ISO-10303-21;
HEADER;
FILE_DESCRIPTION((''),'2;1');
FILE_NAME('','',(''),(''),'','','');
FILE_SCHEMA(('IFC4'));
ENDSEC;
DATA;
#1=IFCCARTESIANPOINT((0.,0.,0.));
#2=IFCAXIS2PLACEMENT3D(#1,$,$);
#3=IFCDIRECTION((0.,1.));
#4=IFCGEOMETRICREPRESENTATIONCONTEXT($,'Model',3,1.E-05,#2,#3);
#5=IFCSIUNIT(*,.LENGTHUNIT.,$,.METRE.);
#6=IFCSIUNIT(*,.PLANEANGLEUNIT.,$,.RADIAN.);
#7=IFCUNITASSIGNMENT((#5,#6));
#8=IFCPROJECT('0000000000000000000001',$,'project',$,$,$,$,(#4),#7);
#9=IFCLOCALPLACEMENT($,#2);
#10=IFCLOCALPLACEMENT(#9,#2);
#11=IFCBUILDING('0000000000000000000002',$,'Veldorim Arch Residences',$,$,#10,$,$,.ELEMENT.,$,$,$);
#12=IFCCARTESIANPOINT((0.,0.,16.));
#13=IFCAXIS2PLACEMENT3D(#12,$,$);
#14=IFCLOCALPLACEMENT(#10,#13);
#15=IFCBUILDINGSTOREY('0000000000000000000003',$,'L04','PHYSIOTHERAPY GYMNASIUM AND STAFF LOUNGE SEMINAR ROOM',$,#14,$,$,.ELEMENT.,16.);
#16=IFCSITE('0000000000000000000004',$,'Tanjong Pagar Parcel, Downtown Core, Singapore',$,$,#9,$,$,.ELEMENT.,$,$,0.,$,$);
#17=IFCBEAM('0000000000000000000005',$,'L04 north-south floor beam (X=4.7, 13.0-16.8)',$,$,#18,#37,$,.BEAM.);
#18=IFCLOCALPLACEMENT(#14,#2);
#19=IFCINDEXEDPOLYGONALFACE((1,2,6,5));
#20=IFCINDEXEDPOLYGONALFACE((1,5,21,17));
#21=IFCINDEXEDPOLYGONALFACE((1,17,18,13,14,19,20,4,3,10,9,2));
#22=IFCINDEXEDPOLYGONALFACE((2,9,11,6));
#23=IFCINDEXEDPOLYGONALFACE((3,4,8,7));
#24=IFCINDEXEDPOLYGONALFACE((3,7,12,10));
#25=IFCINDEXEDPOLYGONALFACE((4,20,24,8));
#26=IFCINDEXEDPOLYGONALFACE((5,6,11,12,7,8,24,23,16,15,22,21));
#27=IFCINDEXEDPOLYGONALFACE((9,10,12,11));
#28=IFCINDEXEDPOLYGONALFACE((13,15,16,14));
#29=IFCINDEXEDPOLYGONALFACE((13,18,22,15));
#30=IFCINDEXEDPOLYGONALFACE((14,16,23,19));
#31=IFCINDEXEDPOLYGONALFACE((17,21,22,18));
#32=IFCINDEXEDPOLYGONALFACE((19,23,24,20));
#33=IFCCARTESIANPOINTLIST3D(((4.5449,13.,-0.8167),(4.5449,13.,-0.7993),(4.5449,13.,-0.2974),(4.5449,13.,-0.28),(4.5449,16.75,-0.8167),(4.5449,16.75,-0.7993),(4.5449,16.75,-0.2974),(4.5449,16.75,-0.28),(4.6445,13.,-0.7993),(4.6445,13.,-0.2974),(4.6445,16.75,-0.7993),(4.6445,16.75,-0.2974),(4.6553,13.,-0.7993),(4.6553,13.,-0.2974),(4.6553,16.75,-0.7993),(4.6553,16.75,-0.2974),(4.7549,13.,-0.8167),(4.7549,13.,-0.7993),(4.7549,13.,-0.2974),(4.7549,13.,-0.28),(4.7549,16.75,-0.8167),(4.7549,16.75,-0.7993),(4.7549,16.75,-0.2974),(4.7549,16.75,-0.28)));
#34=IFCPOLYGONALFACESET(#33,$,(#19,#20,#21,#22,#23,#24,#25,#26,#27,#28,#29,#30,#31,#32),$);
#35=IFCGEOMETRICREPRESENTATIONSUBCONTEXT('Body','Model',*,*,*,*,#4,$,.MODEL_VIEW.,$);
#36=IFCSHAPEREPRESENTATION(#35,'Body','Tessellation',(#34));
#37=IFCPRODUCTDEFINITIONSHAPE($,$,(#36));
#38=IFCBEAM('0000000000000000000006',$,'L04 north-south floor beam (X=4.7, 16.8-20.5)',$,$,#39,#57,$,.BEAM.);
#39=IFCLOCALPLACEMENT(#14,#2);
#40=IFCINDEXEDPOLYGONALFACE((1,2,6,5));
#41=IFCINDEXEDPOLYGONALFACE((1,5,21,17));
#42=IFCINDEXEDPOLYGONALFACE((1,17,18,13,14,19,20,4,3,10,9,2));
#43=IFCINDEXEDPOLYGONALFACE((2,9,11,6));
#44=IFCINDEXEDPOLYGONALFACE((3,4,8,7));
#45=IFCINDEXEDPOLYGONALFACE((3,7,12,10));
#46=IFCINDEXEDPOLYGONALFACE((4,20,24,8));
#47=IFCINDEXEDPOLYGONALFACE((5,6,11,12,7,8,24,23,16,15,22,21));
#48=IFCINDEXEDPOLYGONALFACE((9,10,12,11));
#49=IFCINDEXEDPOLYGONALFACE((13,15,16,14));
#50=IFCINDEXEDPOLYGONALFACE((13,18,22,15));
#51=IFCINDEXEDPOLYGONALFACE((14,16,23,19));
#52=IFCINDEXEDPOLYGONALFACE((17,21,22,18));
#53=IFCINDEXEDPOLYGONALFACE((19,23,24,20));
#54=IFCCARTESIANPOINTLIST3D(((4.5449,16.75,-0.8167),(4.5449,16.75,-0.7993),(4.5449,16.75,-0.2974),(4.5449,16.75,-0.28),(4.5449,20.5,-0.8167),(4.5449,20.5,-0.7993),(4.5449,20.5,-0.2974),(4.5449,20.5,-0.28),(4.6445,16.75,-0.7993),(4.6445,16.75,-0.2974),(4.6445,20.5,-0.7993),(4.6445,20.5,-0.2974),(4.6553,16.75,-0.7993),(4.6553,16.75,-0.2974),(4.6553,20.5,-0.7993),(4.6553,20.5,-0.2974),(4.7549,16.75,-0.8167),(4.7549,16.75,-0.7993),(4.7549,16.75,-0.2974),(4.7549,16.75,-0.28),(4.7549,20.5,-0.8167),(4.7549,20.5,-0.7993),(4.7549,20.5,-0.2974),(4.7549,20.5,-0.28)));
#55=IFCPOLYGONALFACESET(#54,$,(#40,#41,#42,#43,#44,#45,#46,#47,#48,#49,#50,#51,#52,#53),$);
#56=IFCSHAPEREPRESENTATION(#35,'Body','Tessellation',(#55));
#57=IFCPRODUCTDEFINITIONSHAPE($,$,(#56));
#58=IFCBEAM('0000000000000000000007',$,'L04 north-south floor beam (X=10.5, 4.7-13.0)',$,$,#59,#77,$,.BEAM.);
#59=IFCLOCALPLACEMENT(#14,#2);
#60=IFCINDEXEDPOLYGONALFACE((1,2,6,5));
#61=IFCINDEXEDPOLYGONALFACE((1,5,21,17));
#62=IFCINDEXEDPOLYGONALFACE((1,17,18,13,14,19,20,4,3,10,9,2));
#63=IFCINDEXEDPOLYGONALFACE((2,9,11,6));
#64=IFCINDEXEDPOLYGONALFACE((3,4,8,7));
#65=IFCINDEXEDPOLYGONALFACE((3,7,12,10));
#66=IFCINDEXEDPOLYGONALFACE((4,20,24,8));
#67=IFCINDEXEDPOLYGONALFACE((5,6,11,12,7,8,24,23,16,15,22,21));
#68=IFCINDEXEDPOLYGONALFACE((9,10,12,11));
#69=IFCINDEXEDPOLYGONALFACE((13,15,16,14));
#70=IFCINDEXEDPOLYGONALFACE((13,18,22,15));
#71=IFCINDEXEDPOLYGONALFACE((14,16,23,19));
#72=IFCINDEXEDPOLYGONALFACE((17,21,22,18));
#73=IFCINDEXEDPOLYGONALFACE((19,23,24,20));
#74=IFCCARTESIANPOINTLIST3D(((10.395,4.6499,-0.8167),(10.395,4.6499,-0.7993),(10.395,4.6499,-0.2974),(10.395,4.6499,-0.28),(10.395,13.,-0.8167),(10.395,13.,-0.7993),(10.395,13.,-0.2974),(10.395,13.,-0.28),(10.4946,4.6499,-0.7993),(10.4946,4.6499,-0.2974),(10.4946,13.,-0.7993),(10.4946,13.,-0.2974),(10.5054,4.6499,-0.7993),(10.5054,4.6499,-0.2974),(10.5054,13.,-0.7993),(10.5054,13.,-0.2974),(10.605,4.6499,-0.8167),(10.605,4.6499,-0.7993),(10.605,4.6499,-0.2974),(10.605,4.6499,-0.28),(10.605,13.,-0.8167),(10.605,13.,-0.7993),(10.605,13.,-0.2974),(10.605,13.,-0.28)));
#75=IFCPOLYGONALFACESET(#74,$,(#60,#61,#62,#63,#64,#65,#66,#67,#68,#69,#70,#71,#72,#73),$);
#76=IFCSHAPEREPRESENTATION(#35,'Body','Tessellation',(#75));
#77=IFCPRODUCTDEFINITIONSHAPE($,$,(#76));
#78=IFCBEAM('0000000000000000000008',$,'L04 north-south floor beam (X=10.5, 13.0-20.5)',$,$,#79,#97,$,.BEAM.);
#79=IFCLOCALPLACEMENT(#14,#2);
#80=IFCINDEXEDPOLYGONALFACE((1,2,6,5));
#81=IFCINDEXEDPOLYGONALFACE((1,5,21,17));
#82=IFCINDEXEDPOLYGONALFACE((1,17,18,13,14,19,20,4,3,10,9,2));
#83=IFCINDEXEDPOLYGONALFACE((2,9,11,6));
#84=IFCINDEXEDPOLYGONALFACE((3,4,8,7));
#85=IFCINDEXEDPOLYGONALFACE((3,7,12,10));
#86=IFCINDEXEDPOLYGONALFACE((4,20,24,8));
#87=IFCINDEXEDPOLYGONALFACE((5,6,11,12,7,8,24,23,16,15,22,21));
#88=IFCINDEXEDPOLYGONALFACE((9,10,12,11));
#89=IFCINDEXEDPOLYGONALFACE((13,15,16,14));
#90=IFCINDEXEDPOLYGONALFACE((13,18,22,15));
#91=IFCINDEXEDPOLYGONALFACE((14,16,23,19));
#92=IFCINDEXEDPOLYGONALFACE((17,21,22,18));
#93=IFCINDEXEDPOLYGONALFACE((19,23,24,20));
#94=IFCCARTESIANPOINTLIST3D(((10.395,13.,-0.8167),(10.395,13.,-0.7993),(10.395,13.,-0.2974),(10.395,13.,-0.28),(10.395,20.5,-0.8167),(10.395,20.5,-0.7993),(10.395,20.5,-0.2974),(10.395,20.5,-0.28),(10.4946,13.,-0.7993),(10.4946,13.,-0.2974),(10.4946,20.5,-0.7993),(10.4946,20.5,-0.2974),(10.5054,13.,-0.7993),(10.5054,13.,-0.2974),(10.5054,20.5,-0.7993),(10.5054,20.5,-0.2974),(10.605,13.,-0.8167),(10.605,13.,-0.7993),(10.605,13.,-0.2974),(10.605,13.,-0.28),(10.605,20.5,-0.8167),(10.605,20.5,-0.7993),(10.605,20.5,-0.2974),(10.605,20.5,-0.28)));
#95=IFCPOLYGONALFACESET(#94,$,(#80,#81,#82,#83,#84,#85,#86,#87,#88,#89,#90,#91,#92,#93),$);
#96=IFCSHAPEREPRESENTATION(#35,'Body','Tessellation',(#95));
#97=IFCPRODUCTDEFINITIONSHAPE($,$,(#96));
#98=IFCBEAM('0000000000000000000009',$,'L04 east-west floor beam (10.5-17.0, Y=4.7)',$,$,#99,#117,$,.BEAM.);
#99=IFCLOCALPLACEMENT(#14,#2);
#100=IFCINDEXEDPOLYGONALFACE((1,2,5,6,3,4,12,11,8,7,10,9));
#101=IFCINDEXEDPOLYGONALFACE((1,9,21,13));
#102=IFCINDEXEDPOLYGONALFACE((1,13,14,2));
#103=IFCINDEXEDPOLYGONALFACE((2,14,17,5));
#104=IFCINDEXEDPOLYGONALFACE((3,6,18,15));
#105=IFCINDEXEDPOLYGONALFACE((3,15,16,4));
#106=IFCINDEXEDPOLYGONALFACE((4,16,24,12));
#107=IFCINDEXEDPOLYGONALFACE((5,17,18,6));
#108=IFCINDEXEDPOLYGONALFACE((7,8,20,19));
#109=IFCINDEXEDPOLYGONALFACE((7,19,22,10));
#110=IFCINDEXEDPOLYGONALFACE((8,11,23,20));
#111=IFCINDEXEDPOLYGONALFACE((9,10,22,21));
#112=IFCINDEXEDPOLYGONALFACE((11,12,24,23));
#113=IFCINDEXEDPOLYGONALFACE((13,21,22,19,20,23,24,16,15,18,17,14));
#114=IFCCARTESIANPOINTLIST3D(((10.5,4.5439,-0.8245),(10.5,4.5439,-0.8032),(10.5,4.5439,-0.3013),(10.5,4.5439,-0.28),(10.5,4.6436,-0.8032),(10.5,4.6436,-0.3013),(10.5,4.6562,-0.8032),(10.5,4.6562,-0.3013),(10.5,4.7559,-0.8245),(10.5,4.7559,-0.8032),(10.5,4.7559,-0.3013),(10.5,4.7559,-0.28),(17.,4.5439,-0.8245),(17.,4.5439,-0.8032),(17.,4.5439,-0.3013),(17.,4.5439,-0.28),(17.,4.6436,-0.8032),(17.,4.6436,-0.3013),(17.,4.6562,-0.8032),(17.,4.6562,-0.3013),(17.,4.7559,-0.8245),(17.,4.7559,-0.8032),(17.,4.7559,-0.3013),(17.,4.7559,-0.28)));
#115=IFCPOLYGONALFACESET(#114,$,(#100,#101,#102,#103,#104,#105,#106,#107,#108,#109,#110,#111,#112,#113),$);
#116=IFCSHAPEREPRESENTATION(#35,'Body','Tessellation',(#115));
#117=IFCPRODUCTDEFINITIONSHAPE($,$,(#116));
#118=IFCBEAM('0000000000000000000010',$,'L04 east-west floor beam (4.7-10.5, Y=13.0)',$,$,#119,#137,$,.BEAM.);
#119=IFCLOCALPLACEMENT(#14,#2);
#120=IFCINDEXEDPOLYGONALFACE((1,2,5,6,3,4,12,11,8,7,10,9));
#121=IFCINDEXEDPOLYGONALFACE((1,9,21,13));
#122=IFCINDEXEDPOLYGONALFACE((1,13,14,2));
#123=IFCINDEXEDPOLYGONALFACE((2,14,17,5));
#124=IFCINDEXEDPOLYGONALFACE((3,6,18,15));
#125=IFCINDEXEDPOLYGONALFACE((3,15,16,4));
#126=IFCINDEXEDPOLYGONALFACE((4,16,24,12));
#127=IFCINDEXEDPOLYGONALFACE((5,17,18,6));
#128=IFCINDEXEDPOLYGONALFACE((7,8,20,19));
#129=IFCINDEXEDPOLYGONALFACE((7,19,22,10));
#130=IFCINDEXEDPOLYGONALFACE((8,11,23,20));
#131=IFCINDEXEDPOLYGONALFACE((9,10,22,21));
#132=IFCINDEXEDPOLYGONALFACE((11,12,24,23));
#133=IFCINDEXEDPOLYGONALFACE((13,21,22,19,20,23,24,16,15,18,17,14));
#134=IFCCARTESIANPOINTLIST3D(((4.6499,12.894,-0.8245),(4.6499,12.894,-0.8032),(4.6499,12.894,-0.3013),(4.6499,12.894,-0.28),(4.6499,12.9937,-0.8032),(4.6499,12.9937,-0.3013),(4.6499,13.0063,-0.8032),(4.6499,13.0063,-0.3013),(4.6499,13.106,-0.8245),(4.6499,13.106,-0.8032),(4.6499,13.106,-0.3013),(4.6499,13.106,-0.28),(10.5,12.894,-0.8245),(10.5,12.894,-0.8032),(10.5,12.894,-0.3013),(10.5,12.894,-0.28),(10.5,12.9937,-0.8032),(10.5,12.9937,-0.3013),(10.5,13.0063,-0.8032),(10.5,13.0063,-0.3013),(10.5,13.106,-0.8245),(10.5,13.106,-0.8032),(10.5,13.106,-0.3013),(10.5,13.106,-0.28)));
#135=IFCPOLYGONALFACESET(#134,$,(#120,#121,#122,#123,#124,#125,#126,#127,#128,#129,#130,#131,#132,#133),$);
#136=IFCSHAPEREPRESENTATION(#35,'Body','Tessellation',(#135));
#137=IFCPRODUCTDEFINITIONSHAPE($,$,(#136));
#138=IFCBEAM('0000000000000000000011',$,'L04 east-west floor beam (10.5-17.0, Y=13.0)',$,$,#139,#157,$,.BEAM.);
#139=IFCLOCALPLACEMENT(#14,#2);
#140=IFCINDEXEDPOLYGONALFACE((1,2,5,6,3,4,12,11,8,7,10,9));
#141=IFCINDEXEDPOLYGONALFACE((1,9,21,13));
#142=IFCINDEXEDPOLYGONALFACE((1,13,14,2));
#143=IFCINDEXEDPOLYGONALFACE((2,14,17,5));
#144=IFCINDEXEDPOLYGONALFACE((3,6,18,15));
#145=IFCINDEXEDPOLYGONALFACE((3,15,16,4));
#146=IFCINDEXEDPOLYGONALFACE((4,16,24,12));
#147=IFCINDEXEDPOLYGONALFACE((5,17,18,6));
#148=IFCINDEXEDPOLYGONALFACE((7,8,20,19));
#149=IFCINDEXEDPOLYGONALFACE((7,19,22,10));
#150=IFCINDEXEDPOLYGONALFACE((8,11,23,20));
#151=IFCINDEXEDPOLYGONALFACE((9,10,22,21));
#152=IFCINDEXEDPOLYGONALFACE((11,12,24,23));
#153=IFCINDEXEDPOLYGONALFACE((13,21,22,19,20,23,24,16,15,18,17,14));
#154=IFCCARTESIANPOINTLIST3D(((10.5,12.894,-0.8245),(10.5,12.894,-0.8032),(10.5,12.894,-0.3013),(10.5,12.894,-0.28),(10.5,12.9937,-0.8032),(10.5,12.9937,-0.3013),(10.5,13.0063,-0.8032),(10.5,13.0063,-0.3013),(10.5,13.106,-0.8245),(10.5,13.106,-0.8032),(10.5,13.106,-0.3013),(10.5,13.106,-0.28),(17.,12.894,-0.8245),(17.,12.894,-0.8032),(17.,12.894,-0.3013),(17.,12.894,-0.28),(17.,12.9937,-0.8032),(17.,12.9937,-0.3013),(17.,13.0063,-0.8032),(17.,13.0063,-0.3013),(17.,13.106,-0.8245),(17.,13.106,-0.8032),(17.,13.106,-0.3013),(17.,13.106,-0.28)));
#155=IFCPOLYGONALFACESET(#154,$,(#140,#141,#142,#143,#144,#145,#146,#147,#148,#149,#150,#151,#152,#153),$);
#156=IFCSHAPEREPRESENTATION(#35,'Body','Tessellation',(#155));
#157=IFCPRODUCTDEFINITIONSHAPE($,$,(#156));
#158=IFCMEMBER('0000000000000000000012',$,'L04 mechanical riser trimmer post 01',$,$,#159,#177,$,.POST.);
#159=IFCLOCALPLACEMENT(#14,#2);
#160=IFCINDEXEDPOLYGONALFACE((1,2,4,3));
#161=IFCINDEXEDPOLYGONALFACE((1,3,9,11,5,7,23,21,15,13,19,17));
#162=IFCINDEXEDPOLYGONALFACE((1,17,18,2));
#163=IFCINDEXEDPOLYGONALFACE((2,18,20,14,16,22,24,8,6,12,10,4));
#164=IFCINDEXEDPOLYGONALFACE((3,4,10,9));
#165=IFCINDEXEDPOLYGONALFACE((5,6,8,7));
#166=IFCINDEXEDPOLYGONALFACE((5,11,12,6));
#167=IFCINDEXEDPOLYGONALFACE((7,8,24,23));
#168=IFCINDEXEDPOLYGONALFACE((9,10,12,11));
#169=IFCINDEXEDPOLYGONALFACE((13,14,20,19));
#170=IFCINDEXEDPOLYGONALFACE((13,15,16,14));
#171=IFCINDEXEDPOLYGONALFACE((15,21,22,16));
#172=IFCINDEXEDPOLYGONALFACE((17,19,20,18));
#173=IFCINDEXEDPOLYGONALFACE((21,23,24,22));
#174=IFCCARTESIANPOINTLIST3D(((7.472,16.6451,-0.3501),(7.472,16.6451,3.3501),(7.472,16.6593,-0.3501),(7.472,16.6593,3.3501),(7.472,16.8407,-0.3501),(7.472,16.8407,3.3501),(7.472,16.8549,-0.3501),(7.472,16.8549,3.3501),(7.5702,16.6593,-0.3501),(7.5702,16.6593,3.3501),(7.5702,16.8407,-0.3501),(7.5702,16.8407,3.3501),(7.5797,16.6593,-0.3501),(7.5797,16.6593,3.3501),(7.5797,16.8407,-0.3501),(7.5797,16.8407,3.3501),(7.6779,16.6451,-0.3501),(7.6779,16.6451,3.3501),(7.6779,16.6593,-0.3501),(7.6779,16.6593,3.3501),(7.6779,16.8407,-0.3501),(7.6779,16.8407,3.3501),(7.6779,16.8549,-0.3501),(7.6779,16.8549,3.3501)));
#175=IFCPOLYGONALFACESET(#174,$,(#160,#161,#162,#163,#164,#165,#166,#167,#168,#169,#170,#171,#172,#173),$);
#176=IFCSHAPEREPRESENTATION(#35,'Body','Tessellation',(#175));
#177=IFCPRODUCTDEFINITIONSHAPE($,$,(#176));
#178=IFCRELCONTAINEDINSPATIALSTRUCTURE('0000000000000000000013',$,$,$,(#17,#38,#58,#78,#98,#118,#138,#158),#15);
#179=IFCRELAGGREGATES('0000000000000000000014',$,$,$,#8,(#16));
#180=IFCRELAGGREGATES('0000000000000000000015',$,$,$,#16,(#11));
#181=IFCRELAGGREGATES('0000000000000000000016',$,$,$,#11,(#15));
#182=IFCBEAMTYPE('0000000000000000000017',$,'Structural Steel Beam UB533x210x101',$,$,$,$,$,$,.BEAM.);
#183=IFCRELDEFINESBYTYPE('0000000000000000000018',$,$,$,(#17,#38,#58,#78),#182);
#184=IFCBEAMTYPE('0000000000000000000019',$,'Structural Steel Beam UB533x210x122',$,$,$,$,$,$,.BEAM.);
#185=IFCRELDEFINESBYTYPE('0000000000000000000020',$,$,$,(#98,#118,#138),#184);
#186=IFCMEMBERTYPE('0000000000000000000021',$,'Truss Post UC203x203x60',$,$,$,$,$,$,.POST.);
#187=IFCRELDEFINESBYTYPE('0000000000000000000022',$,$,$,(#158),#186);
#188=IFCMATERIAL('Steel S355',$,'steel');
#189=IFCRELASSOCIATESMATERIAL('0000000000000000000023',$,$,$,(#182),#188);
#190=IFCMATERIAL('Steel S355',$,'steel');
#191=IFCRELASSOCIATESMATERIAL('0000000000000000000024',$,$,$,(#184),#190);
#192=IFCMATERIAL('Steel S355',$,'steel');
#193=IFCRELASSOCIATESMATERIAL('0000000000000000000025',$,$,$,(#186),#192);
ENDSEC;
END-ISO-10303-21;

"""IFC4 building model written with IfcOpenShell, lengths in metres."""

from ifc_helpers import new_model, si_unit, direction, frame, origin, origin_2d, place, context, subcontext, project, spatial, i_section, extrude, material, material_profile, profile_set, type_object, element, save


model = new_model("IFC4")

# Units and contexts
model_context = context("Model", 3, precision=1e-05, world=origin(), true_north=direction((0.0, 1.0)))
body_context = subcontext(model_context, "Body", "Model", "MODEL_VIEW")
ifc_project = project(units=[si_unit("LENGTHUNIT", "METRE"), si_unit("PLANEANGLEUNIT", "RADIAN")], contexts=[model_context])

# Site, building, storey
site_placement = place(None, origin())
site = spatial("IfcSite", under=ifc_project, at=site_placement, Name="Tanjong Pagar Parcel, Downtown Core, Singapore", CompositionType="ELEMENT", RefElevation=0.0)
building_placement = place(site_placement, origin())
building = spatial("IfcBuilding", under=site, at=building_placement, Name="Veldorim Arch Residences", CompositionType="ELEMENT")
storey_placement = place(building_placement, frame((0.0, 0.0, 16.0)))
storey = spatial("IfcBuildingStorey", under=building, at=storey_placement, Name="L04", Description="PHYSIOTHERAPY GYMNASIUM AND STAFF LOUNGE SEMINAR ROOM", CompositionType="ELEMENT", Elevation=16.0)

# Beams
ifc_material_1 = material(Name="Steel S355", Category="steel")
ifc_material_profile_1 = material_profile(ifc_material_1, i_section(OverallWidth=0.21, OverallDepth=0.5366, WebThickness=0.0107, FlangeThickness=0.0173, at=origin_2d()), Name="UB533x210x101")
ifc_profile_set_1 = profile_set([ifc_material_profile_1], Name="Steel S355")
beam_type_1 = type_object("IfcBeamType", Name="Structural Steel Beam UB533x210x101", PredefinedType="BEAM", material=ifc_profile_set_1)
for number, where, z_axis, x_axis, name in (
    (1, (4.6499, 13.0, -0.5483), (0.0, 1.0, 0.0), (-1.0, 0.0, 0.0), "L04 north-south floor beam (X=4.7, 13.0-16.8)"),
    (2, (4.6499, 16.75, -0.5483), (0.0, 1.0, 0.0), (-1.0, 0.0, 0.0), "L04 north-south floor beam (X=4.7, 16.8-20.5)"),
):
    element("IfcBeam", number, at=place(storey_placement, frame(where, z_axis=z_axis, x_axis=x_axis)), inside=storey, type_object=beam_type_1, Name=name, PredefinedType="BEAM", context=body_context, shape_type="SweptSolid", body=[
        extrude(i_section(OverallWidth=0.21, OverallDepth=0.5366, WebThickness=0.0107, FlangeThickness=0.0173, at=origin_2d()), origin(), (0.0, 0.0, 1.0), 3.75),
    ])
beam_1_placement = place(storey_placement, frame((10.5, 4.6499, -0.5483), z_axis=(0.0, 1.0, 0.0), x_axis=(-1.0, 0.0, 0.0)))
element("IfcBeam", 3, at=beam_1_placement, inside=storey, type_object=beam_type_1, Name="L04 north-south floor beam (X=10.5, 4.7-13.0)", PredefinedType="BEAM", context=body_context, shape_type="SweptSolid", body=[
    extrude(i_section(OverallWidth=0.21, OverallDepth=0.5366, WebThickness=0.0107, FlangeThickness=0.0173, at=origin_2d()), origin(), (0.0, 0.0, 1.0), 8.3501),
])
beam_2_placement = place(storey_placement, frame((10.5, 13.0, -0.5483), z_axis=(0.0, 1.0, 0.0), x_axis=(-1.0, 0.0, 0.0)))
element("IfcBeam", 4, at=beam_2_placement, inside=storey, type_object=beam_type_1, Name="L04 north-south floor beam (X=10.5, 13.0-20.5)", PredefinedType="BEAM", context=body_context, shape_type="SweptSolid", body=[
    extrude(i_section(OverallWidth=0.21, OverallDepth=0.5366, WebThickness=0.0107, FlangeThickness=0.0173, at=origin_2d()), origin(), (0.0, 0.0, 1.0), 7.5),
])
ifc_material_2 = material(Name="Steel S355", Category="steel")
ifc_material_profile_2 = material_profile(ifc_material_2, i_section(OverallWidth=0.2119, OverallDepth=0.5444, WebThickness=0.0127, FlangeThickness=0.0212, at=origin_2d()), Name="UB533x210x122")
ifc_profile_set_2 = profile_set([ifc_material_profile_2], Name="Steel S355")
beam_type_2 = type_object("IfcBeamType", Name="Structural Steel Beam UB533x210x122", PredefinedType="BEAM", material=ifc_profile_set_2)
beam_3_placement = place(storey_placement, frame((10.5, 4.6499, -0.5522), z_axis=(1.0, 0.0, 0.0), x_axis=(0.0, 1.0, 0.0)))
element("IfcBeam", 5, at=beam_3_placement, inside=storey, type_object=beam_type_2, Name="L04 east-west floor beam (10.5-17.0, Y=4.7)", PredefinedType="BEAM", context=body_context, shape_type="SweptSolid", body=[
    extrude(i_section(OverallWidth=0.2119, OverallDepth=0.5444, WebThickness=0.0127, FlangeThickness=0.0212, at=origin_2d()), origin(), (0.0, 0.0, 1.0), 6.5),
])
beam_4_placement = place(storey_placement, frame((4.6499, 13.0, -0.5522), z_axis=(1.0, 0.0, 0.0), x_axis=(0.0, 1.0, 0.0)))
element("IfcBeam", 6, at=beam_4_placement, inside=storey, type_object=beam_type_2, Name="L04 east-west floor beam (4.7-10.5, Y=13.0)", PredefinedType="BEAM", context=body_context, shape_type="SweptSolid", body=[
    extrude(i_section(OverallWidth=0.2119, OverallDepth=0.5444, WebThickness=0.0127, FlangeThickness=0.0212, at=origin_2d()), origin(), (0.0, 0.0, 1.0), 5.8501),
])
beam_5_placement = place(storey_placement, frame((10.5, 13.0, -0.5522), z_axis=(1.0, 0.0, 0.0), x_axis=(0.0, 1.0, 0.0)))
element("IfcBeam", 7, at=beam_5_placement, inside=storey, type_object=beam_type_2, Name="L04 east-west floor beam (10.5-17.0, Y=13.0)", PredefinedType="BEAM", context=body_context, shape_type="SweptSolid", body=[
    extrude(i_section(OverallWidth=0.2119, OverallDepth=0.5444, WebThickness=0.0127, FlangeThickness=0.0212, at=origin_2d()), origin(), (0.0, 0.0, 1.0), 6.5),
])

# Member
ifc_material_3 = material(Name="Steel S355", Category="steel")
ifc_material_profile_3 = material_profile(ifc_material_3, i_section(OverallWidth=0.2058, OverallDepth=0.2097, WebThickness=0.0095, FlangeThickness=0.0142, at=origin_2d()), Name="UC203x203x60")
ifc_profile_set_3 = profile_set([ifc_material_profile_3], Name="Steel S355")
member_type = type_object("IfcMemberType", Name="Truss Post UC203x203x60", PredefinedType="POST", material=ifc_profile_set_3)
member_placement = place(storey_placement, frame((7.575, 16.75, -0.3501), z_axis=(0.0, 0.0, 1.0), x_axis=(1.0, 0.0, 0.0)))
element("IfcMember", 8, at=member_placement, inside=storey, type_object=member_type, Name="L04 mechanical riser trimmer post 01", PredefinedType="POST", context=body_context, shape_type="SweptSolid", body=[
    extrude(i_section(OverallWidth=0.2058, OverallDepth=0.2097, WebThickness=0.0095, FlangeThickness=0.0142, at=origin_2d()), origin(), (0.0, 0.0, 1.0), 3.7002),
])

save(model, "model.ifc")
